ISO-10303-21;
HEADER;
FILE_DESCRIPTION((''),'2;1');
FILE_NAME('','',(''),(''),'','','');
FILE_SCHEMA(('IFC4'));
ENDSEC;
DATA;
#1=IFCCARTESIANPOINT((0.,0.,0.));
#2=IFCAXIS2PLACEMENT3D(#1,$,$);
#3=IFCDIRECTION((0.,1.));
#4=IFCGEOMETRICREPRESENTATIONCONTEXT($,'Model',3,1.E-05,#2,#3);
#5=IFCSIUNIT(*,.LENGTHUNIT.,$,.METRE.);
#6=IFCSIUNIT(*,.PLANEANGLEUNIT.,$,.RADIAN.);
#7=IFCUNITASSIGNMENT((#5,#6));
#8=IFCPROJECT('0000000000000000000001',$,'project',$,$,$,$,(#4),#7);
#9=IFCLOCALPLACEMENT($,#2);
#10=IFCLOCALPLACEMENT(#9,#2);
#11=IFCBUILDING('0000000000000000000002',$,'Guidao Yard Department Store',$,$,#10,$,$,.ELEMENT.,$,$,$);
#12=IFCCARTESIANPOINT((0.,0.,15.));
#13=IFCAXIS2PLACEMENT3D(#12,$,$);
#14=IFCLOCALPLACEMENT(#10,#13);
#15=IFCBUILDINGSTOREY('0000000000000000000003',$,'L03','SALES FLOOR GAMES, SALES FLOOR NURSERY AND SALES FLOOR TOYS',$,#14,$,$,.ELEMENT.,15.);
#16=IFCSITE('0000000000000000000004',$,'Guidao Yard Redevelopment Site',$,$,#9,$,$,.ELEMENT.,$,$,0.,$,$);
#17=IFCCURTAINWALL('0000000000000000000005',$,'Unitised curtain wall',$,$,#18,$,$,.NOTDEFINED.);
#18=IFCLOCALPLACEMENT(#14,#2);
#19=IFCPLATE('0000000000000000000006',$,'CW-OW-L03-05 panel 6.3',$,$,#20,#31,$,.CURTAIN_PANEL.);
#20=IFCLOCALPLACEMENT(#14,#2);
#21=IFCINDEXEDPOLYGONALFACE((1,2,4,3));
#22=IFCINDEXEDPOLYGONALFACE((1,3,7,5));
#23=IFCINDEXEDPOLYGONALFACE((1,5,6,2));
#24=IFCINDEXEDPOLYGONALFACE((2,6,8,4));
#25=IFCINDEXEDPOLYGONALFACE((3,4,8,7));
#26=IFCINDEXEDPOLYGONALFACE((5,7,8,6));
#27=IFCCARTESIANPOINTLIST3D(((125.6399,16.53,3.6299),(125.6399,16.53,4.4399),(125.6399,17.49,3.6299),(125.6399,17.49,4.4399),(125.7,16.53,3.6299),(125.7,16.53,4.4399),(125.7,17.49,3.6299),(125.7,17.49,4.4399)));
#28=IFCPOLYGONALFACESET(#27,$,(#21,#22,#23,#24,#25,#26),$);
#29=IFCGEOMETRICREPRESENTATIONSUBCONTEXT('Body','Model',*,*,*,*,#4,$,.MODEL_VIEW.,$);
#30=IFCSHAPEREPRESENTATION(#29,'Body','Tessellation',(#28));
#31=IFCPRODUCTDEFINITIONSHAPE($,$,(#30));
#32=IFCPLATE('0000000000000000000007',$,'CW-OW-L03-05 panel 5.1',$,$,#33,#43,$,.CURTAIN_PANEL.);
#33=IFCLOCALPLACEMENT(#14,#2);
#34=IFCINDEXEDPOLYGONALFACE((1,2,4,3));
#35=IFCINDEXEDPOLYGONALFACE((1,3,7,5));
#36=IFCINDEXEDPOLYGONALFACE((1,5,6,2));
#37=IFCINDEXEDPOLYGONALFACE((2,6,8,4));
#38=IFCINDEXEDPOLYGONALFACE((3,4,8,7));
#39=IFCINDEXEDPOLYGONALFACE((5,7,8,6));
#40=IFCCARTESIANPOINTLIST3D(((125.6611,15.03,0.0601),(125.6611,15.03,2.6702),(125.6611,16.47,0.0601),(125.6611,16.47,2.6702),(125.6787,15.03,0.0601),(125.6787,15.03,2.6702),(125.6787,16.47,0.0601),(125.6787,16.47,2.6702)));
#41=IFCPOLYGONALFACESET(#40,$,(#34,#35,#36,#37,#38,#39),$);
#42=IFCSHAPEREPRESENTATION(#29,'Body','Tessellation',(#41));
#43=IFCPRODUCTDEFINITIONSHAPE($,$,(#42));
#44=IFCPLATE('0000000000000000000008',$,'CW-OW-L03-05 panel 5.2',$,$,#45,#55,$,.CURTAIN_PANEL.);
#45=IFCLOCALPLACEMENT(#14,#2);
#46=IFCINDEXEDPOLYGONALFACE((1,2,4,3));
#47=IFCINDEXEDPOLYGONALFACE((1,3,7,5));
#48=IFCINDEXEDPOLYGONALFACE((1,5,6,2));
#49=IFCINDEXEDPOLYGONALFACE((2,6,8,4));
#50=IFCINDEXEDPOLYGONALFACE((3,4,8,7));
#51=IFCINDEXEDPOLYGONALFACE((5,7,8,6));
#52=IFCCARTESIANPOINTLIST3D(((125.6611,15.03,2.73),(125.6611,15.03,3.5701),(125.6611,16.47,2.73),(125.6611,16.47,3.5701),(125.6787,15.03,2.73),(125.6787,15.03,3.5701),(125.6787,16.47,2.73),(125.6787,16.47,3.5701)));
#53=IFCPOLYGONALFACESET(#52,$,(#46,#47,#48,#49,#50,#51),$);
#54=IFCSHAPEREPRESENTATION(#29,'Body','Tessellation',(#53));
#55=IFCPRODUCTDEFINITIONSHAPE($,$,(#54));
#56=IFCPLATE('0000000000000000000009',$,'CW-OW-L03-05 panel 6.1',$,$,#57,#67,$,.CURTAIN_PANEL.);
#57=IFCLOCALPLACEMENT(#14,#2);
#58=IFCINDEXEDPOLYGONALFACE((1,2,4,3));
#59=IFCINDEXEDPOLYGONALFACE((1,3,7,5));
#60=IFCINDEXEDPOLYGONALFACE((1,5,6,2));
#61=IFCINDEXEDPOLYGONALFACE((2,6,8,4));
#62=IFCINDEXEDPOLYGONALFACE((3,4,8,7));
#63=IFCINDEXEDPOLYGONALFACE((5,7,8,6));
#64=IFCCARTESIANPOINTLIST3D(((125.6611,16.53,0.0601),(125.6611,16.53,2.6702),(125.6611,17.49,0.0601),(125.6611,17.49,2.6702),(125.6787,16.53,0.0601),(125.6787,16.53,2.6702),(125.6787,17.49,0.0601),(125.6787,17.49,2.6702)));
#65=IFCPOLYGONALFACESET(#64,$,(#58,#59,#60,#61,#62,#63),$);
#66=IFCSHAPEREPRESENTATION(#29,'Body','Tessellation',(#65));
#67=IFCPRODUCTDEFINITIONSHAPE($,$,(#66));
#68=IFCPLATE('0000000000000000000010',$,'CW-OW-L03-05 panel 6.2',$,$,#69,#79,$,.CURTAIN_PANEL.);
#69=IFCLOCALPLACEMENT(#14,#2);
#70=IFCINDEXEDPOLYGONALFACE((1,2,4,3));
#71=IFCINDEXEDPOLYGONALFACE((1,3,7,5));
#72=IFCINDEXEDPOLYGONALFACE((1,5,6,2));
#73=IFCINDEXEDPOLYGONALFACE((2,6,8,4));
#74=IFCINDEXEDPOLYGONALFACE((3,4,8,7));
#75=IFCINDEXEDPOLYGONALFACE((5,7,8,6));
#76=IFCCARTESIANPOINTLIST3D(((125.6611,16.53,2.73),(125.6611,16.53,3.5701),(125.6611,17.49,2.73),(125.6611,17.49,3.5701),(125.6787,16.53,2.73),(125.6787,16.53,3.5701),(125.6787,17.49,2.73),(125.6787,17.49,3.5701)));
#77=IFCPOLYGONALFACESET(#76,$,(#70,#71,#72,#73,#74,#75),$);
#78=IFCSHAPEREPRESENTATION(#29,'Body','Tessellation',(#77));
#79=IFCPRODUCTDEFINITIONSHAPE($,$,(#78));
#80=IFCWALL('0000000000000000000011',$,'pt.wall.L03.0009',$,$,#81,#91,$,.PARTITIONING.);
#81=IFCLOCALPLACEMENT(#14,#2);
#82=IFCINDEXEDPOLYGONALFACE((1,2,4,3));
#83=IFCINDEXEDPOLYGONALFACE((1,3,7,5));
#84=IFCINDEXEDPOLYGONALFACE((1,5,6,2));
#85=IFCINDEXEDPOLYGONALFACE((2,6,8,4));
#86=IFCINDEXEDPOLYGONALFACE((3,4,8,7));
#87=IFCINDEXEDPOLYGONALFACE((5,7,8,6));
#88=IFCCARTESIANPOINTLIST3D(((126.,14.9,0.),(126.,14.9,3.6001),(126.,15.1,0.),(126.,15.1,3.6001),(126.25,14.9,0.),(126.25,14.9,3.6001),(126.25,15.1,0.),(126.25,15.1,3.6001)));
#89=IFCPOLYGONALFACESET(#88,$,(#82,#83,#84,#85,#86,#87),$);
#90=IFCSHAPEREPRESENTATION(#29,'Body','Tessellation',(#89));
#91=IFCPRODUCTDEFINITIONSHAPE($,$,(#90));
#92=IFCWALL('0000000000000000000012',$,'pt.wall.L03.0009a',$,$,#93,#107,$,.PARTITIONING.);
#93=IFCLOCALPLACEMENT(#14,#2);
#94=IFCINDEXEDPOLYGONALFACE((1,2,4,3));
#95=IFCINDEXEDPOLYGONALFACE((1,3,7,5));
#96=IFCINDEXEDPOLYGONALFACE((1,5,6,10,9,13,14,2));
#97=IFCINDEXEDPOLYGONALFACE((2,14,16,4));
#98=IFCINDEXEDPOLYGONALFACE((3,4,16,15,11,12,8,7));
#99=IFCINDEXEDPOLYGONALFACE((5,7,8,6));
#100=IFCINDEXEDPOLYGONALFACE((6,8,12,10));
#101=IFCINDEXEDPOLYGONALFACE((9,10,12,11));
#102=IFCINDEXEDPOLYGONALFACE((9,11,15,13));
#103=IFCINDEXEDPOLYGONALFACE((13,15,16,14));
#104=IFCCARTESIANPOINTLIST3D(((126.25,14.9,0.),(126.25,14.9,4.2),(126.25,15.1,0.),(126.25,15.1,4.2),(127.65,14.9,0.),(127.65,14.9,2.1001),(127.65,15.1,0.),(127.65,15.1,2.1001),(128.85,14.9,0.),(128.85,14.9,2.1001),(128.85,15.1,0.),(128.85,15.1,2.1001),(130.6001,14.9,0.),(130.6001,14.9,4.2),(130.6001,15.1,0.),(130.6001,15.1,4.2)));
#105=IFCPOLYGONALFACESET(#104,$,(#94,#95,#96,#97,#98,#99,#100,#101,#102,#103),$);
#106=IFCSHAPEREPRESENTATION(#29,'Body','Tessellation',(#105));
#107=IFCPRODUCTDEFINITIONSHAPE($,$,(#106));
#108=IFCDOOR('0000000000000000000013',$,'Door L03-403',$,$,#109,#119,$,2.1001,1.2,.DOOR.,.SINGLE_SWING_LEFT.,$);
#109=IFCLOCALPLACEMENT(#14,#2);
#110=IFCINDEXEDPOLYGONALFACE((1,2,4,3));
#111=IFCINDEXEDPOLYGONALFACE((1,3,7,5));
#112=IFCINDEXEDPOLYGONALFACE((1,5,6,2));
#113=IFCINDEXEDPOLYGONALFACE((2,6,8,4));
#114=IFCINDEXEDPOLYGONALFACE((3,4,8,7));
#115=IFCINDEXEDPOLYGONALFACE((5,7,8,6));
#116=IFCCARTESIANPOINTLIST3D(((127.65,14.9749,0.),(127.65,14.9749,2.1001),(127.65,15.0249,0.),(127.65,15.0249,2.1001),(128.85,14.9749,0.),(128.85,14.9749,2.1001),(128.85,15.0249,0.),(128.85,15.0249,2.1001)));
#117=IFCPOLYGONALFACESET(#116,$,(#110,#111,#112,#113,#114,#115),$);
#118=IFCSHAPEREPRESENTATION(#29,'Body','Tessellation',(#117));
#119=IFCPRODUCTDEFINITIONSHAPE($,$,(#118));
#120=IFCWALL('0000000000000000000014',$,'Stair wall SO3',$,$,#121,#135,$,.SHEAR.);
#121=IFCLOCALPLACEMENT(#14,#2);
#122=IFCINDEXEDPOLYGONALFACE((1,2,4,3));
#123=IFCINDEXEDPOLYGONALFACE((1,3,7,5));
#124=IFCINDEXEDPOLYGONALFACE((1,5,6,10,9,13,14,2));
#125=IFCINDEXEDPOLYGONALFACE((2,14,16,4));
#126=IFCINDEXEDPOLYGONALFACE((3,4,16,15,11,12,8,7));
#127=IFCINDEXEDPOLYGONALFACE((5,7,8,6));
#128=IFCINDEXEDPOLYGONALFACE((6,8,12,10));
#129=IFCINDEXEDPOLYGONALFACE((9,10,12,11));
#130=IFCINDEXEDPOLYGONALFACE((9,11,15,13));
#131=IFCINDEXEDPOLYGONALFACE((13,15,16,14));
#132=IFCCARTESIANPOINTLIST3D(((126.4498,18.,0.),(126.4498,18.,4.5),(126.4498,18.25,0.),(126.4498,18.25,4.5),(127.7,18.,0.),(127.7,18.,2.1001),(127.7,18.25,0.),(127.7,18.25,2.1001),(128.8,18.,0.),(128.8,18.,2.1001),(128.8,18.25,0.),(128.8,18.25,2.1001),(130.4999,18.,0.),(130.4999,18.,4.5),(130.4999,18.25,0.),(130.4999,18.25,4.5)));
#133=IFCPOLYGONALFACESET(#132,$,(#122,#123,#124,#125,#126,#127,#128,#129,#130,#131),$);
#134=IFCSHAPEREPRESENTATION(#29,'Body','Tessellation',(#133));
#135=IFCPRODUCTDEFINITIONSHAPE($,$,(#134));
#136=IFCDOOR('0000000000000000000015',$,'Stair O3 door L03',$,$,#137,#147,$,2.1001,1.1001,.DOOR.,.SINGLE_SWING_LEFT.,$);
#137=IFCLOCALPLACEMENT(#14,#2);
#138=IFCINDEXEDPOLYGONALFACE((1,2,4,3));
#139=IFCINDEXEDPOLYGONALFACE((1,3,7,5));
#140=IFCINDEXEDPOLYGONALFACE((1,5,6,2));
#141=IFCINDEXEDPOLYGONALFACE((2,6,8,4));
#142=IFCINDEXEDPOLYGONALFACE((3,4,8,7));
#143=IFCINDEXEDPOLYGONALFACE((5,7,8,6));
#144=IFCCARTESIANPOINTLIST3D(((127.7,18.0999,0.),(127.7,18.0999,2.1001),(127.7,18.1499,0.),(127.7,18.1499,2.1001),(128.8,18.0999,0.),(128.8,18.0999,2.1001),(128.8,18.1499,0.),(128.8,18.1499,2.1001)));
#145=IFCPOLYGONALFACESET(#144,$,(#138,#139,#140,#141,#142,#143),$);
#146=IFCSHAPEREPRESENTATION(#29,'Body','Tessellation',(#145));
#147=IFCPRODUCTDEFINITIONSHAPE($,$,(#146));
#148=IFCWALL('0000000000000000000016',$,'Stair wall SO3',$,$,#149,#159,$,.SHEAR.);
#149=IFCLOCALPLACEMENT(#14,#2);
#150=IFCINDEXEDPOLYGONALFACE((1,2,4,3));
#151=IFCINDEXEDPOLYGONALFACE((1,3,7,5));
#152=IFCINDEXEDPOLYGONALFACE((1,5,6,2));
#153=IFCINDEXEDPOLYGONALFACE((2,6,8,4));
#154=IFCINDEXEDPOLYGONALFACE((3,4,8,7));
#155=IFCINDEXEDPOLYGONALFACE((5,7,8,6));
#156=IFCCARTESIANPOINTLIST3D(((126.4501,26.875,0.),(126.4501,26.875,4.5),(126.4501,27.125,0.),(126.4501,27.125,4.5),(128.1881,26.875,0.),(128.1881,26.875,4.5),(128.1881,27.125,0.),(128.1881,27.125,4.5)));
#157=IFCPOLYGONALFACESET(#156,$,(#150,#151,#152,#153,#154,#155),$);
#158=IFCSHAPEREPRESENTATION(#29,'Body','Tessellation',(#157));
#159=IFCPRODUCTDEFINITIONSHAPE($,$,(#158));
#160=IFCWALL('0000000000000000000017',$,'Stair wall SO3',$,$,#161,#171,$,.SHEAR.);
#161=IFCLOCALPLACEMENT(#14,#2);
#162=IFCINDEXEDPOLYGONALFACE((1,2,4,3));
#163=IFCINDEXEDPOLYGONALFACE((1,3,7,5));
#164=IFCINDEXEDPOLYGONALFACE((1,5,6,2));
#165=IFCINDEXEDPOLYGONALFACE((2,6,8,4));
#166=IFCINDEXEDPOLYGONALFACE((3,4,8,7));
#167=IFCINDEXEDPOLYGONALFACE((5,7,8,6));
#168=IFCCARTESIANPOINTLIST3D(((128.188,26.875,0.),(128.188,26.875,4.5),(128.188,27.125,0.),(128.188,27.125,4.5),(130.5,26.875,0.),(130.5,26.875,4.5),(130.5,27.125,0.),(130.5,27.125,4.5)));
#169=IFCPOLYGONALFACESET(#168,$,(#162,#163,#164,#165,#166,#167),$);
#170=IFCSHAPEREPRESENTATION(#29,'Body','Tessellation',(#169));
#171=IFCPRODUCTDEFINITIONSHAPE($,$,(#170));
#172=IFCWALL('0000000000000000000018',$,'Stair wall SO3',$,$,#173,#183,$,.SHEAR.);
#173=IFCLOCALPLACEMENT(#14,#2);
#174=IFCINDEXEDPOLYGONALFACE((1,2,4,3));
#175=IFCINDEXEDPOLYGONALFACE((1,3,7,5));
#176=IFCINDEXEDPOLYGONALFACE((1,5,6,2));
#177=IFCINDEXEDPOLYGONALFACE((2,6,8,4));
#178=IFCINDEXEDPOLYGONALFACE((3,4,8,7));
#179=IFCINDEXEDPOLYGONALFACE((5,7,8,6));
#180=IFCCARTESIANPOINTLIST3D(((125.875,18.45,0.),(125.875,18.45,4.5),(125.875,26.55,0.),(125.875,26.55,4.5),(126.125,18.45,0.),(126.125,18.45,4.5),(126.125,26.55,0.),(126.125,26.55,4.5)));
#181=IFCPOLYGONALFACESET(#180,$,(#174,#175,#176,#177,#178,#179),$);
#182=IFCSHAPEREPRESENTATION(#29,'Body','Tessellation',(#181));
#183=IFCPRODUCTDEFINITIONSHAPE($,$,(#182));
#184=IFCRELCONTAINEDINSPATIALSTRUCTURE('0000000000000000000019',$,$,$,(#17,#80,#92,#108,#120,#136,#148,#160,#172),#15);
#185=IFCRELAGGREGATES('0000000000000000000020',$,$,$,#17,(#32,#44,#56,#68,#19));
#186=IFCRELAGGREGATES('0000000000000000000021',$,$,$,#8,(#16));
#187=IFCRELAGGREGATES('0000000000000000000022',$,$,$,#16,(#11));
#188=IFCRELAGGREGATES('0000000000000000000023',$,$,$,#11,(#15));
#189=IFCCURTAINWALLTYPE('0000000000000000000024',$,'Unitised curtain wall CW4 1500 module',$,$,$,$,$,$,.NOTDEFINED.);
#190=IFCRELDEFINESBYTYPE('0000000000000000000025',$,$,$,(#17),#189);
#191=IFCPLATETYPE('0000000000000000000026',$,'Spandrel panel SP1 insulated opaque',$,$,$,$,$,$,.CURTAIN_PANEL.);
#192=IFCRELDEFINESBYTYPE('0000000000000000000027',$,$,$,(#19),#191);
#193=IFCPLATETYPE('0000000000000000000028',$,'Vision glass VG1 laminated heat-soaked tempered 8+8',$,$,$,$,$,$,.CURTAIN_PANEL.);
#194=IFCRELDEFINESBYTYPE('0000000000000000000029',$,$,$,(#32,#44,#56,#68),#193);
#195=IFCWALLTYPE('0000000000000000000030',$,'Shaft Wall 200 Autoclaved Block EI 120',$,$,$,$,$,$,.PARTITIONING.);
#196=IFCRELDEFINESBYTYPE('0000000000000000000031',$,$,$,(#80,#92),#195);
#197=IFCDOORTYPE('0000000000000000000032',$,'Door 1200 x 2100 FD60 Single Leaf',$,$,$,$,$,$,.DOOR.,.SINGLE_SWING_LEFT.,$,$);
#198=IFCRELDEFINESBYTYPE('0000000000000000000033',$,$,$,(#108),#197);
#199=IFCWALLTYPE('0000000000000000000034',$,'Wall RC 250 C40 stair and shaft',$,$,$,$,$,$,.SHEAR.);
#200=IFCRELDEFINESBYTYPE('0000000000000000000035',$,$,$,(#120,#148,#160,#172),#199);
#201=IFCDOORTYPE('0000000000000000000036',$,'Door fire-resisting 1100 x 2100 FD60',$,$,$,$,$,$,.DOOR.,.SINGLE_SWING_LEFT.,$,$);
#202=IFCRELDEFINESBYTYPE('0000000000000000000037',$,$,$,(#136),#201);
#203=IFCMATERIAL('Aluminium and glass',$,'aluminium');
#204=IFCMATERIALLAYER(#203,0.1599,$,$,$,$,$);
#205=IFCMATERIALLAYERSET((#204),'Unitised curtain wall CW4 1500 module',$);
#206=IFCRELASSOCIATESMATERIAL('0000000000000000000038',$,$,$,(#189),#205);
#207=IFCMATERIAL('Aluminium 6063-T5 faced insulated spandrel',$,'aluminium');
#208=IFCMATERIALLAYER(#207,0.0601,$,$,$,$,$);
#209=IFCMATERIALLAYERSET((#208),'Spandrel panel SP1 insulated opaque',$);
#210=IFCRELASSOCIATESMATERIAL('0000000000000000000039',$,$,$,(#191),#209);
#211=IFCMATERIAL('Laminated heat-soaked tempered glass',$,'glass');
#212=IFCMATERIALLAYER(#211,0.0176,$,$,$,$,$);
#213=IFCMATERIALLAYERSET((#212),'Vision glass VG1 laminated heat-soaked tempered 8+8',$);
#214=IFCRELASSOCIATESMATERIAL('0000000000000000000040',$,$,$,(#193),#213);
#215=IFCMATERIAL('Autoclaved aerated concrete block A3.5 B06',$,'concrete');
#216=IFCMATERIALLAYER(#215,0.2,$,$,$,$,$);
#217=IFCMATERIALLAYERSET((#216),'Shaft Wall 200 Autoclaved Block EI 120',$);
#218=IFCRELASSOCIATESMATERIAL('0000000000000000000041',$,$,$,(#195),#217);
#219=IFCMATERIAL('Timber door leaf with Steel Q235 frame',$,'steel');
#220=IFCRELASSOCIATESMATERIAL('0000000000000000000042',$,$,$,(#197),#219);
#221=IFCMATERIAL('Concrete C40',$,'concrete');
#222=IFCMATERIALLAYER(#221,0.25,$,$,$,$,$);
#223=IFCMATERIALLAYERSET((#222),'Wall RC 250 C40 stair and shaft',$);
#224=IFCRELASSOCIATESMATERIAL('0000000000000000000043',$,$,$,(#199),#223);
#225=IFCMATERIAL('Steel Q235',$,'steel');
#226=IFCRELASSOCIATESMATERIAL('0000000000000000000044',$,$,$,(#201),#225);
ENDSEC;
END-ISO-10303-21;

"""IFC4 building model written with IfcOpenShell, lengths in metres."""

from ifc_helpers import new_model, si_unit, direction, frame, frame_2d, origin, origin_2d, place, context, subcontext, project, spatial, rectangle, extrude, material, layer, layer_set, type_object, element, fill, aggregate, save


model = new_model("IFC4")

# Units and contexts
model_context = context("Model", 3, precision=1e-05, world=origin(), true_north=direction((0.0, 1.0)))
body_context = subcontext(model_context, "Body", "Model", "MODEL_VIEW")
ifc_project = project(units=[si_unit("LENGTHUNIT", "METRE"), si_unit("PLANEANGLEUNIT", "RADIAN")], contexts=[model_context])

# Site, building, storey
site_placement = place(None, origin())
site = spatial("IfcSite", under=ifc_project, at=site_placement, Name="Guidao Yard Redevelopment Site", CompositionType="ELEMENT", RefElevation=0.0)
building_placement = place(site_placement, origin())
building = spatial("IfcBuilding", under=site, at=building_placement, Name="Guidao Yard Department Store", CompositionType="ELEMENT")
storey_placement = place(building_placement, frame((0.0, 0.0, 15.0)))
storey = spatial("IfcBuildingStorey", under=building, at=storey_placement, Name="L03", Description="SALES FLOOR GAMES, SALES FLOOR NURSERY AND SALES FLOOR TOYS", CompositionType="ELEMENT", Elevation=15.0)

# Curtain wall, plates
ifc_material_1 = material(Name="Aluminium and glass", Category="aluminium")
ifc_layer_1 = layer(ifc_material_1, 0.1599)
ifc_layer_set_1 = layer_set([ifc_layer_1], Name="Unitised curtain wall CW4 1500 module")
curtain_wall_type = type_object("IfcCurtainWallType", Name="Unitised curtain wall CW4 1500 module", PredefinedType="NOTDEFINED", material=ifc_layer_set_1)
curtain_wall_placement = place(storey_placement, origin())
curtain_wall = element("IfcCurtainWall", 1, at=curtain_wall_placement, inside=storey, type_object=curtain_wall_type, Name="Unitised curtain wall", PredefinedType="NOTDEFINED")
ifc_material_2 = material(Name="Aluminium 6063-T5 faced insulated spandrel", Category="aluminium")
ifc_layer_2 = layer(ifc_material_2, 0.0601)
ifc_layer_set_2 = layer_set([ifc_layer_2], Name="Spandrel panel SP1 insulated opaque")
plate_type_1 = type_object("IfcPlateType", Name="Spandrel panel SP1 insulated opaque", PredefinedType="CURTAIN_PANEL", material=ifc_layer_set_2)
plate_1_placement = place(storey_placement, frame((125.6699, 17.01, 3.6299), z_axis=(0.0, 0.0, 1.0), x_axis=(0.0, 1.0, 0.0)))
plate_1 = element("IfcPlate", 2, at=plate_1_placement, type_object=plate_type_1, Name="CW-OW-L03-05 panel 6.3", PredefinedType="CURTAIN_PANEL", context=body_context, shape_type="SweptSolid", body=[
    extrude(rectangle(XDim=0.96, YDim=0.0601, at=origin_2d()), origin(), (0.0, 0.0, 1.0), 0.8101),
])
ifc_material_3 = material(Name="Laminated heat-soaked tempered glass", Category="glass")
ifc_layer_3 = layer(ifc_material_3, 0.0176)
ifc_layer_set_3 = layer_set([ifc_layer_3], Name="Vision glass VG1 laminated heat-soaked tempered 8+8")
plate_type_2 = type_object("IfcPlateType", Name="Vision glass VG1 laminated heat-soaked tempered 8+8", PredefinedType="CURTAIN_PANEL", material=ifc_layer_set_3)
plate_2_placement = place(storey_placement, frame((125.6699, 15.75, 0.0601), z_axis=(0.0, 0.0, 1.0), x_axis=(0.0, 1.0, 0.0)))
plate_2 = element("IfcPlate", 3, at=plate_2_placement, type_object=plate_type_2, Name="CW-OW-L03-05 panel 5.1", PredefinedType="CURTAIN_PANEL", context=body_context, shape_type="SweptSolid", body=[
    extrude(rectangle(XDim=1.4399, YDim=0.0176, at=origin_2d()), origin(), (0.0, 0.0, 1.0), 2.6101),
])
plate_3_placement = place(storey_placement, frame((125.6699, 15.75, 2.73), z_axis=(0.0, 0.0, 1.0), x_axis=(0.0, 1.0, 0.0)))
plate_3 = element("IfcPlate", 4, at=plate_3_placement, type_object=plate_type_2, Name="CW-OW-L03-05 panel 5.2", PredefinedType="CURTAIN_PANEL", context=body_context, shape_type="SweptSolid", body=[
    extrude(rectangle(XDim=1.4399, YDim=0.0176, at=origin_2d()), origin(), (0.0, 0.0, 1.0), 0.8401),
])
plate_4_placement = place(storey_placement, frame((125.6699, 17.01, 0.0601), z_axis=(0.0, 0.0, 1.0), x_axis=(0.0, 1.0, 0.0)))
plate_4 = element("IfcPlate", 5, at=plate_4_placement, type_object=plate_type_2, Name="CW-OW-L03-05 panel 6.1", PredefinedType="CURTAIN_PANEL", context=body_context, shape_type="SweptSolid", body=[
    extrude(rectangle(XDim=0.96, YDim=0.0176, at=origin_2d()), origin(), (0.0, 0.0, 1.0), 2.6101),
])
plate_5_placement = place(storey_placement, frame((125.6699, 17.01, 2.73), z_axis=(0.0, 0.0, 1.0), x_axis=(0.0, 1.0, 0.0)))
plate_5 = element("IfcPlate", 6, at=plate_5_placement, type_object=plate_type_2, Name="CW-OW-L03-05 panel 6.2", PredefinedType="CURTAIN_PANEL", context=body_context, shape_type="SweptSolid", body=[
    extrude(rectangle(XDim=0.96, YDim=0.0176, at=origin_2d()), origin(), (0.0, 0.0, 1.0), 0.8401),
])
aggregate(curtain_wall, [plate_2, plate_3, plate_4, plate_5, plate_1])

# Wall
ifc_material_4 = material(Name="Autoclaved aerated concrete block A3.5 B06", Category="concrete")
ifc_layer_4 = layer(ifc_material_4, 0.2)
ifc_layer_set_4 = layer_set([ifc_layer_4], Name="Shaft Wall 200 Autoclaved Block EI 120")
wall_type_1 = type_object("IfcWallType", Name="Shaft Wall 200 Autoclaved Block EI 120", PredefinedType="PARTITIONING", material=ifc_layer_set_4)
wall_1_placement = place(storey_placement, frame((126.0, 15.0, 0.0), z_axis=(0.0, 0.0, 1.0), x_axis=(1.0, 0.0, 0.0)))
element("IfcWall", 7, at=wall_1_placement, inside=storey, type_object=wall_type_1, Name="pt.wall.L03.0009", PredefinedType="PARTITIONING", context=body_context, shape_type="SweptSolid", body=[
    extrude(rectangle(XDim=0.25, YDim=0.2, at=frame_2d((0.125, 0.0))), origin(), (0.0, 0.0, 1.0), 3.6001),
])

# Walls, openings, doors
wall_2_placement = place(storey_placement, frame((126.25, 15.0, 0.0), z_axis=(0.0, 0.0, 1.0), x_axis=(1.0, 0.0, 0.0)))
wall_2 = element("IfcWall", 8, at=wall_2_placement, inside=storey, type_object=wall_type_1, Name="pt.wall.L03.0009a", PredefinedType="PARTITIONING", context=body_context, shape_type="SweptSolid", body=[
    extrude(rectangle(XDim=4.3501, YDim=0.2, at=frame_2d((2.175, 0.0))), origin(), (0.0, 0.0, 1.0), 4.2),
])
opening_1_placement = place(wall_2_placement, frame((1.3999, 0.0, 0.0)))
opening_1 = element("IfcOpeningElement", 9, at=opening_1_placement, cuts=wall_2, PredefinedType="OPENING", context=body_context, shape_type="SweptSolid", body=[
    extrude(rectangle(XDim=1.2, YDim=2.1001, at=frame_2d((0.6001, 1.05))), frame((0.0, 0.1099, 0.0), z_axis=(0.0, -1.0, 0.0), x_axis=(1.0, 0.0, 0.0)), (0.0, 0.0, 1.0), 0.22),
])
ifc_material_5 = material(Name="Timber door leaf with Steel Q235 frame", Category="steel")
door_type_1 = type_object("IfcDoorType", Name="Door 1200 x 2100 FD60 Single Leaf", OperationType="SINGLE_SWING_LEFT", PredefinedType="DOOR", material=ifc_material_5)
door_1_placement = place(opening_1_placement, origin())
door_1 = element("IfcDoor", 10, at=door_1_placement, inside=storey, type_object=door_type_1, Name="Door L03-403", OperationType="SINGLE_SWING_LEFT", OverallHeight=2.1001, OverallWidth=1.2, PredefinedType="DOOR", context=body_context, shape_type="SweptSolid", body=[
    extrude(rectangle(XDim=1.2, YDim=2.1001, at=frame_2d((0.6001, 1.05))), frame((0.0, 0.0249, 0.0), z_axis=(0.0, -1.0, 0.0), x_axis=(1.0, 0.0, 0.0)), (0.0, 0.0, 1.0), 0.05),
])
fill(opening_1, door_1)
ifc_material_6 = material(Name="Concrete C40", Category="concrete")
ifc_layer_5 = layer(ifc_material_6, 0.25)
ifc_layer_set_5 = layer_set([ifc_layer_5], Name="Wall RC 250 C40 stair and shaft")
wall_type_2 = type_object("IfcWallType", Name="Wall RC 250 C40 stair and shaft", PredefinedType="SHEAR", material=ifc_layer_set_5)
wall_3_placement = place(storey_placement, frame((126.45, 18.125, 0.0), z_axis=(0.0, 0.0, 1.0), x_axis=(1.0, 0.0, 0.0)))
wall_3 = element("IfcWall", 11, at=wall_3_placement, inside=storey, type_object=wall_type_2, Name="Stair wall SO3", PredefinedType="SHEAR", context=body_context, shape_type="SweptSolid", body=[
    extrude(rectangle(XDim=4.05, YDim=0.25, at=frame_2d((2.0249, 0.0))), origin(), (0.0, 0.0, 1.0), 4.5),
])
opening_2_placement = place(wall_3_placement, frame((1.25, 0.0, 0.0)))
opening_2 = element("IfcOpeningElement", 12, at=opening_2_placement, cuts=wall_3, PredefinedType="OPENING", context=body_context, shape_type="SweptSolid", body=[
    extrude(rectangle(XDim=1.1001, YDim=2.1001, at=frame_2d((0.55, 1.05))), frame((0.0, 0.135, 0.0), z_axis=(0.0, -1.0, 0.0), x_axis=(1.0, 0.0, 0.0)), (0.0, 0.0, 1.0), 0.27),
])
ifc_material_7 = material(Name="Steel Q235", Category="steel")
door_type_2 = type_object("IfcDoorType", Name="Door fire-resisting 1100 x 2100 FD60", OperationType="SINGLE_SWING_LEFT", PredefinedType="DOOR", material=ifc_material_7)
door_2_placement = place(opening_2_placement, origin())
door_2 = element("IfcDoor", 13, at=door_2_placement, inside=storey, type_object=door_type_2, Name="Stair O3 door L03", OperationType="SINGLE_SWING_LEFT", OverallHeight=2.1001, OverallWidth=1.1001, PredefinedType="DOOR", context=body_context, shape_type="SweptSolid", body=[
    extrude(rectangle(XDim=1.1001, YDim=2.1001, at=frame_2d((0.55, 1.05))), frame((0.0, 0.0249, 0.0), z_axis=(0.0, -1.0, 0.0), x_axis=(1.0, 0.0, 0.0)), (0.0, 0.0, 1.0), 0.05),
])
fill(opening_2, door_2)

# Walls
wall_4_placement = place(storey_placement, frame((126.45, 27.0, 0.0), z_axis=(0.0, 0.0, 1.0), x_axis=(1.0, 0.0, 0.0)))
element("IfcWall", 14, at=wall_4_placement, inside=storey, type_object=wall_type_2, Name="Stair wall SO3", PredefinedType="SHEAR", context=body_context, shape_type="SweptSolid", body=[
    extrude(rectangle(XDim=1.738, YDim=0.25, at=frame_2d((0.8691, 0.0))), origin(), (0.0, 0.0, 1.0), 4.5),
])
wall_5_placement = place(storey_placement, frame((128.188, 27.0, 0.0), z_axis=(0.0, 0.0, 1.0), x_axis=(1.0, 0.0, 0.0)))
element("IfcWall", 15, at=wall_5_placement, inside=storey, type_object=wall_type_2, Name="Stair wall SO3", PredefinedType="SHEAR", context=body_context, shape_type="SweptSolid", body=[
    extrude(rectangle(XDim=2.312, YDim=0.25, at=frame_2d((1.156, 0.0))), origin(), (0.0, 0.0, 1.0), 4.5),
])
wall_6_placement = place(storey_placement, frame((126.0, 18.45, 0.0), z_axis=(0.0, 0.0, 1.0), x_axis=(0.0, 1.0, 0.0)))
element("IfcWall", 16, at=wall_6_placement, inside=storey, type_object=wall_type_2, Name="Stair wall SO3", PredefinedType="SHEAR", context=body_context, shape_type="SweptSolid", body=[
    extrude(rectangle(XDim=8.1001, YDim=0.25, at=frame_2d((4.05, 0.0))), origin(), (0.0, 0.0, 1.0), 4.5),
])

save(model, "model.ifc")
